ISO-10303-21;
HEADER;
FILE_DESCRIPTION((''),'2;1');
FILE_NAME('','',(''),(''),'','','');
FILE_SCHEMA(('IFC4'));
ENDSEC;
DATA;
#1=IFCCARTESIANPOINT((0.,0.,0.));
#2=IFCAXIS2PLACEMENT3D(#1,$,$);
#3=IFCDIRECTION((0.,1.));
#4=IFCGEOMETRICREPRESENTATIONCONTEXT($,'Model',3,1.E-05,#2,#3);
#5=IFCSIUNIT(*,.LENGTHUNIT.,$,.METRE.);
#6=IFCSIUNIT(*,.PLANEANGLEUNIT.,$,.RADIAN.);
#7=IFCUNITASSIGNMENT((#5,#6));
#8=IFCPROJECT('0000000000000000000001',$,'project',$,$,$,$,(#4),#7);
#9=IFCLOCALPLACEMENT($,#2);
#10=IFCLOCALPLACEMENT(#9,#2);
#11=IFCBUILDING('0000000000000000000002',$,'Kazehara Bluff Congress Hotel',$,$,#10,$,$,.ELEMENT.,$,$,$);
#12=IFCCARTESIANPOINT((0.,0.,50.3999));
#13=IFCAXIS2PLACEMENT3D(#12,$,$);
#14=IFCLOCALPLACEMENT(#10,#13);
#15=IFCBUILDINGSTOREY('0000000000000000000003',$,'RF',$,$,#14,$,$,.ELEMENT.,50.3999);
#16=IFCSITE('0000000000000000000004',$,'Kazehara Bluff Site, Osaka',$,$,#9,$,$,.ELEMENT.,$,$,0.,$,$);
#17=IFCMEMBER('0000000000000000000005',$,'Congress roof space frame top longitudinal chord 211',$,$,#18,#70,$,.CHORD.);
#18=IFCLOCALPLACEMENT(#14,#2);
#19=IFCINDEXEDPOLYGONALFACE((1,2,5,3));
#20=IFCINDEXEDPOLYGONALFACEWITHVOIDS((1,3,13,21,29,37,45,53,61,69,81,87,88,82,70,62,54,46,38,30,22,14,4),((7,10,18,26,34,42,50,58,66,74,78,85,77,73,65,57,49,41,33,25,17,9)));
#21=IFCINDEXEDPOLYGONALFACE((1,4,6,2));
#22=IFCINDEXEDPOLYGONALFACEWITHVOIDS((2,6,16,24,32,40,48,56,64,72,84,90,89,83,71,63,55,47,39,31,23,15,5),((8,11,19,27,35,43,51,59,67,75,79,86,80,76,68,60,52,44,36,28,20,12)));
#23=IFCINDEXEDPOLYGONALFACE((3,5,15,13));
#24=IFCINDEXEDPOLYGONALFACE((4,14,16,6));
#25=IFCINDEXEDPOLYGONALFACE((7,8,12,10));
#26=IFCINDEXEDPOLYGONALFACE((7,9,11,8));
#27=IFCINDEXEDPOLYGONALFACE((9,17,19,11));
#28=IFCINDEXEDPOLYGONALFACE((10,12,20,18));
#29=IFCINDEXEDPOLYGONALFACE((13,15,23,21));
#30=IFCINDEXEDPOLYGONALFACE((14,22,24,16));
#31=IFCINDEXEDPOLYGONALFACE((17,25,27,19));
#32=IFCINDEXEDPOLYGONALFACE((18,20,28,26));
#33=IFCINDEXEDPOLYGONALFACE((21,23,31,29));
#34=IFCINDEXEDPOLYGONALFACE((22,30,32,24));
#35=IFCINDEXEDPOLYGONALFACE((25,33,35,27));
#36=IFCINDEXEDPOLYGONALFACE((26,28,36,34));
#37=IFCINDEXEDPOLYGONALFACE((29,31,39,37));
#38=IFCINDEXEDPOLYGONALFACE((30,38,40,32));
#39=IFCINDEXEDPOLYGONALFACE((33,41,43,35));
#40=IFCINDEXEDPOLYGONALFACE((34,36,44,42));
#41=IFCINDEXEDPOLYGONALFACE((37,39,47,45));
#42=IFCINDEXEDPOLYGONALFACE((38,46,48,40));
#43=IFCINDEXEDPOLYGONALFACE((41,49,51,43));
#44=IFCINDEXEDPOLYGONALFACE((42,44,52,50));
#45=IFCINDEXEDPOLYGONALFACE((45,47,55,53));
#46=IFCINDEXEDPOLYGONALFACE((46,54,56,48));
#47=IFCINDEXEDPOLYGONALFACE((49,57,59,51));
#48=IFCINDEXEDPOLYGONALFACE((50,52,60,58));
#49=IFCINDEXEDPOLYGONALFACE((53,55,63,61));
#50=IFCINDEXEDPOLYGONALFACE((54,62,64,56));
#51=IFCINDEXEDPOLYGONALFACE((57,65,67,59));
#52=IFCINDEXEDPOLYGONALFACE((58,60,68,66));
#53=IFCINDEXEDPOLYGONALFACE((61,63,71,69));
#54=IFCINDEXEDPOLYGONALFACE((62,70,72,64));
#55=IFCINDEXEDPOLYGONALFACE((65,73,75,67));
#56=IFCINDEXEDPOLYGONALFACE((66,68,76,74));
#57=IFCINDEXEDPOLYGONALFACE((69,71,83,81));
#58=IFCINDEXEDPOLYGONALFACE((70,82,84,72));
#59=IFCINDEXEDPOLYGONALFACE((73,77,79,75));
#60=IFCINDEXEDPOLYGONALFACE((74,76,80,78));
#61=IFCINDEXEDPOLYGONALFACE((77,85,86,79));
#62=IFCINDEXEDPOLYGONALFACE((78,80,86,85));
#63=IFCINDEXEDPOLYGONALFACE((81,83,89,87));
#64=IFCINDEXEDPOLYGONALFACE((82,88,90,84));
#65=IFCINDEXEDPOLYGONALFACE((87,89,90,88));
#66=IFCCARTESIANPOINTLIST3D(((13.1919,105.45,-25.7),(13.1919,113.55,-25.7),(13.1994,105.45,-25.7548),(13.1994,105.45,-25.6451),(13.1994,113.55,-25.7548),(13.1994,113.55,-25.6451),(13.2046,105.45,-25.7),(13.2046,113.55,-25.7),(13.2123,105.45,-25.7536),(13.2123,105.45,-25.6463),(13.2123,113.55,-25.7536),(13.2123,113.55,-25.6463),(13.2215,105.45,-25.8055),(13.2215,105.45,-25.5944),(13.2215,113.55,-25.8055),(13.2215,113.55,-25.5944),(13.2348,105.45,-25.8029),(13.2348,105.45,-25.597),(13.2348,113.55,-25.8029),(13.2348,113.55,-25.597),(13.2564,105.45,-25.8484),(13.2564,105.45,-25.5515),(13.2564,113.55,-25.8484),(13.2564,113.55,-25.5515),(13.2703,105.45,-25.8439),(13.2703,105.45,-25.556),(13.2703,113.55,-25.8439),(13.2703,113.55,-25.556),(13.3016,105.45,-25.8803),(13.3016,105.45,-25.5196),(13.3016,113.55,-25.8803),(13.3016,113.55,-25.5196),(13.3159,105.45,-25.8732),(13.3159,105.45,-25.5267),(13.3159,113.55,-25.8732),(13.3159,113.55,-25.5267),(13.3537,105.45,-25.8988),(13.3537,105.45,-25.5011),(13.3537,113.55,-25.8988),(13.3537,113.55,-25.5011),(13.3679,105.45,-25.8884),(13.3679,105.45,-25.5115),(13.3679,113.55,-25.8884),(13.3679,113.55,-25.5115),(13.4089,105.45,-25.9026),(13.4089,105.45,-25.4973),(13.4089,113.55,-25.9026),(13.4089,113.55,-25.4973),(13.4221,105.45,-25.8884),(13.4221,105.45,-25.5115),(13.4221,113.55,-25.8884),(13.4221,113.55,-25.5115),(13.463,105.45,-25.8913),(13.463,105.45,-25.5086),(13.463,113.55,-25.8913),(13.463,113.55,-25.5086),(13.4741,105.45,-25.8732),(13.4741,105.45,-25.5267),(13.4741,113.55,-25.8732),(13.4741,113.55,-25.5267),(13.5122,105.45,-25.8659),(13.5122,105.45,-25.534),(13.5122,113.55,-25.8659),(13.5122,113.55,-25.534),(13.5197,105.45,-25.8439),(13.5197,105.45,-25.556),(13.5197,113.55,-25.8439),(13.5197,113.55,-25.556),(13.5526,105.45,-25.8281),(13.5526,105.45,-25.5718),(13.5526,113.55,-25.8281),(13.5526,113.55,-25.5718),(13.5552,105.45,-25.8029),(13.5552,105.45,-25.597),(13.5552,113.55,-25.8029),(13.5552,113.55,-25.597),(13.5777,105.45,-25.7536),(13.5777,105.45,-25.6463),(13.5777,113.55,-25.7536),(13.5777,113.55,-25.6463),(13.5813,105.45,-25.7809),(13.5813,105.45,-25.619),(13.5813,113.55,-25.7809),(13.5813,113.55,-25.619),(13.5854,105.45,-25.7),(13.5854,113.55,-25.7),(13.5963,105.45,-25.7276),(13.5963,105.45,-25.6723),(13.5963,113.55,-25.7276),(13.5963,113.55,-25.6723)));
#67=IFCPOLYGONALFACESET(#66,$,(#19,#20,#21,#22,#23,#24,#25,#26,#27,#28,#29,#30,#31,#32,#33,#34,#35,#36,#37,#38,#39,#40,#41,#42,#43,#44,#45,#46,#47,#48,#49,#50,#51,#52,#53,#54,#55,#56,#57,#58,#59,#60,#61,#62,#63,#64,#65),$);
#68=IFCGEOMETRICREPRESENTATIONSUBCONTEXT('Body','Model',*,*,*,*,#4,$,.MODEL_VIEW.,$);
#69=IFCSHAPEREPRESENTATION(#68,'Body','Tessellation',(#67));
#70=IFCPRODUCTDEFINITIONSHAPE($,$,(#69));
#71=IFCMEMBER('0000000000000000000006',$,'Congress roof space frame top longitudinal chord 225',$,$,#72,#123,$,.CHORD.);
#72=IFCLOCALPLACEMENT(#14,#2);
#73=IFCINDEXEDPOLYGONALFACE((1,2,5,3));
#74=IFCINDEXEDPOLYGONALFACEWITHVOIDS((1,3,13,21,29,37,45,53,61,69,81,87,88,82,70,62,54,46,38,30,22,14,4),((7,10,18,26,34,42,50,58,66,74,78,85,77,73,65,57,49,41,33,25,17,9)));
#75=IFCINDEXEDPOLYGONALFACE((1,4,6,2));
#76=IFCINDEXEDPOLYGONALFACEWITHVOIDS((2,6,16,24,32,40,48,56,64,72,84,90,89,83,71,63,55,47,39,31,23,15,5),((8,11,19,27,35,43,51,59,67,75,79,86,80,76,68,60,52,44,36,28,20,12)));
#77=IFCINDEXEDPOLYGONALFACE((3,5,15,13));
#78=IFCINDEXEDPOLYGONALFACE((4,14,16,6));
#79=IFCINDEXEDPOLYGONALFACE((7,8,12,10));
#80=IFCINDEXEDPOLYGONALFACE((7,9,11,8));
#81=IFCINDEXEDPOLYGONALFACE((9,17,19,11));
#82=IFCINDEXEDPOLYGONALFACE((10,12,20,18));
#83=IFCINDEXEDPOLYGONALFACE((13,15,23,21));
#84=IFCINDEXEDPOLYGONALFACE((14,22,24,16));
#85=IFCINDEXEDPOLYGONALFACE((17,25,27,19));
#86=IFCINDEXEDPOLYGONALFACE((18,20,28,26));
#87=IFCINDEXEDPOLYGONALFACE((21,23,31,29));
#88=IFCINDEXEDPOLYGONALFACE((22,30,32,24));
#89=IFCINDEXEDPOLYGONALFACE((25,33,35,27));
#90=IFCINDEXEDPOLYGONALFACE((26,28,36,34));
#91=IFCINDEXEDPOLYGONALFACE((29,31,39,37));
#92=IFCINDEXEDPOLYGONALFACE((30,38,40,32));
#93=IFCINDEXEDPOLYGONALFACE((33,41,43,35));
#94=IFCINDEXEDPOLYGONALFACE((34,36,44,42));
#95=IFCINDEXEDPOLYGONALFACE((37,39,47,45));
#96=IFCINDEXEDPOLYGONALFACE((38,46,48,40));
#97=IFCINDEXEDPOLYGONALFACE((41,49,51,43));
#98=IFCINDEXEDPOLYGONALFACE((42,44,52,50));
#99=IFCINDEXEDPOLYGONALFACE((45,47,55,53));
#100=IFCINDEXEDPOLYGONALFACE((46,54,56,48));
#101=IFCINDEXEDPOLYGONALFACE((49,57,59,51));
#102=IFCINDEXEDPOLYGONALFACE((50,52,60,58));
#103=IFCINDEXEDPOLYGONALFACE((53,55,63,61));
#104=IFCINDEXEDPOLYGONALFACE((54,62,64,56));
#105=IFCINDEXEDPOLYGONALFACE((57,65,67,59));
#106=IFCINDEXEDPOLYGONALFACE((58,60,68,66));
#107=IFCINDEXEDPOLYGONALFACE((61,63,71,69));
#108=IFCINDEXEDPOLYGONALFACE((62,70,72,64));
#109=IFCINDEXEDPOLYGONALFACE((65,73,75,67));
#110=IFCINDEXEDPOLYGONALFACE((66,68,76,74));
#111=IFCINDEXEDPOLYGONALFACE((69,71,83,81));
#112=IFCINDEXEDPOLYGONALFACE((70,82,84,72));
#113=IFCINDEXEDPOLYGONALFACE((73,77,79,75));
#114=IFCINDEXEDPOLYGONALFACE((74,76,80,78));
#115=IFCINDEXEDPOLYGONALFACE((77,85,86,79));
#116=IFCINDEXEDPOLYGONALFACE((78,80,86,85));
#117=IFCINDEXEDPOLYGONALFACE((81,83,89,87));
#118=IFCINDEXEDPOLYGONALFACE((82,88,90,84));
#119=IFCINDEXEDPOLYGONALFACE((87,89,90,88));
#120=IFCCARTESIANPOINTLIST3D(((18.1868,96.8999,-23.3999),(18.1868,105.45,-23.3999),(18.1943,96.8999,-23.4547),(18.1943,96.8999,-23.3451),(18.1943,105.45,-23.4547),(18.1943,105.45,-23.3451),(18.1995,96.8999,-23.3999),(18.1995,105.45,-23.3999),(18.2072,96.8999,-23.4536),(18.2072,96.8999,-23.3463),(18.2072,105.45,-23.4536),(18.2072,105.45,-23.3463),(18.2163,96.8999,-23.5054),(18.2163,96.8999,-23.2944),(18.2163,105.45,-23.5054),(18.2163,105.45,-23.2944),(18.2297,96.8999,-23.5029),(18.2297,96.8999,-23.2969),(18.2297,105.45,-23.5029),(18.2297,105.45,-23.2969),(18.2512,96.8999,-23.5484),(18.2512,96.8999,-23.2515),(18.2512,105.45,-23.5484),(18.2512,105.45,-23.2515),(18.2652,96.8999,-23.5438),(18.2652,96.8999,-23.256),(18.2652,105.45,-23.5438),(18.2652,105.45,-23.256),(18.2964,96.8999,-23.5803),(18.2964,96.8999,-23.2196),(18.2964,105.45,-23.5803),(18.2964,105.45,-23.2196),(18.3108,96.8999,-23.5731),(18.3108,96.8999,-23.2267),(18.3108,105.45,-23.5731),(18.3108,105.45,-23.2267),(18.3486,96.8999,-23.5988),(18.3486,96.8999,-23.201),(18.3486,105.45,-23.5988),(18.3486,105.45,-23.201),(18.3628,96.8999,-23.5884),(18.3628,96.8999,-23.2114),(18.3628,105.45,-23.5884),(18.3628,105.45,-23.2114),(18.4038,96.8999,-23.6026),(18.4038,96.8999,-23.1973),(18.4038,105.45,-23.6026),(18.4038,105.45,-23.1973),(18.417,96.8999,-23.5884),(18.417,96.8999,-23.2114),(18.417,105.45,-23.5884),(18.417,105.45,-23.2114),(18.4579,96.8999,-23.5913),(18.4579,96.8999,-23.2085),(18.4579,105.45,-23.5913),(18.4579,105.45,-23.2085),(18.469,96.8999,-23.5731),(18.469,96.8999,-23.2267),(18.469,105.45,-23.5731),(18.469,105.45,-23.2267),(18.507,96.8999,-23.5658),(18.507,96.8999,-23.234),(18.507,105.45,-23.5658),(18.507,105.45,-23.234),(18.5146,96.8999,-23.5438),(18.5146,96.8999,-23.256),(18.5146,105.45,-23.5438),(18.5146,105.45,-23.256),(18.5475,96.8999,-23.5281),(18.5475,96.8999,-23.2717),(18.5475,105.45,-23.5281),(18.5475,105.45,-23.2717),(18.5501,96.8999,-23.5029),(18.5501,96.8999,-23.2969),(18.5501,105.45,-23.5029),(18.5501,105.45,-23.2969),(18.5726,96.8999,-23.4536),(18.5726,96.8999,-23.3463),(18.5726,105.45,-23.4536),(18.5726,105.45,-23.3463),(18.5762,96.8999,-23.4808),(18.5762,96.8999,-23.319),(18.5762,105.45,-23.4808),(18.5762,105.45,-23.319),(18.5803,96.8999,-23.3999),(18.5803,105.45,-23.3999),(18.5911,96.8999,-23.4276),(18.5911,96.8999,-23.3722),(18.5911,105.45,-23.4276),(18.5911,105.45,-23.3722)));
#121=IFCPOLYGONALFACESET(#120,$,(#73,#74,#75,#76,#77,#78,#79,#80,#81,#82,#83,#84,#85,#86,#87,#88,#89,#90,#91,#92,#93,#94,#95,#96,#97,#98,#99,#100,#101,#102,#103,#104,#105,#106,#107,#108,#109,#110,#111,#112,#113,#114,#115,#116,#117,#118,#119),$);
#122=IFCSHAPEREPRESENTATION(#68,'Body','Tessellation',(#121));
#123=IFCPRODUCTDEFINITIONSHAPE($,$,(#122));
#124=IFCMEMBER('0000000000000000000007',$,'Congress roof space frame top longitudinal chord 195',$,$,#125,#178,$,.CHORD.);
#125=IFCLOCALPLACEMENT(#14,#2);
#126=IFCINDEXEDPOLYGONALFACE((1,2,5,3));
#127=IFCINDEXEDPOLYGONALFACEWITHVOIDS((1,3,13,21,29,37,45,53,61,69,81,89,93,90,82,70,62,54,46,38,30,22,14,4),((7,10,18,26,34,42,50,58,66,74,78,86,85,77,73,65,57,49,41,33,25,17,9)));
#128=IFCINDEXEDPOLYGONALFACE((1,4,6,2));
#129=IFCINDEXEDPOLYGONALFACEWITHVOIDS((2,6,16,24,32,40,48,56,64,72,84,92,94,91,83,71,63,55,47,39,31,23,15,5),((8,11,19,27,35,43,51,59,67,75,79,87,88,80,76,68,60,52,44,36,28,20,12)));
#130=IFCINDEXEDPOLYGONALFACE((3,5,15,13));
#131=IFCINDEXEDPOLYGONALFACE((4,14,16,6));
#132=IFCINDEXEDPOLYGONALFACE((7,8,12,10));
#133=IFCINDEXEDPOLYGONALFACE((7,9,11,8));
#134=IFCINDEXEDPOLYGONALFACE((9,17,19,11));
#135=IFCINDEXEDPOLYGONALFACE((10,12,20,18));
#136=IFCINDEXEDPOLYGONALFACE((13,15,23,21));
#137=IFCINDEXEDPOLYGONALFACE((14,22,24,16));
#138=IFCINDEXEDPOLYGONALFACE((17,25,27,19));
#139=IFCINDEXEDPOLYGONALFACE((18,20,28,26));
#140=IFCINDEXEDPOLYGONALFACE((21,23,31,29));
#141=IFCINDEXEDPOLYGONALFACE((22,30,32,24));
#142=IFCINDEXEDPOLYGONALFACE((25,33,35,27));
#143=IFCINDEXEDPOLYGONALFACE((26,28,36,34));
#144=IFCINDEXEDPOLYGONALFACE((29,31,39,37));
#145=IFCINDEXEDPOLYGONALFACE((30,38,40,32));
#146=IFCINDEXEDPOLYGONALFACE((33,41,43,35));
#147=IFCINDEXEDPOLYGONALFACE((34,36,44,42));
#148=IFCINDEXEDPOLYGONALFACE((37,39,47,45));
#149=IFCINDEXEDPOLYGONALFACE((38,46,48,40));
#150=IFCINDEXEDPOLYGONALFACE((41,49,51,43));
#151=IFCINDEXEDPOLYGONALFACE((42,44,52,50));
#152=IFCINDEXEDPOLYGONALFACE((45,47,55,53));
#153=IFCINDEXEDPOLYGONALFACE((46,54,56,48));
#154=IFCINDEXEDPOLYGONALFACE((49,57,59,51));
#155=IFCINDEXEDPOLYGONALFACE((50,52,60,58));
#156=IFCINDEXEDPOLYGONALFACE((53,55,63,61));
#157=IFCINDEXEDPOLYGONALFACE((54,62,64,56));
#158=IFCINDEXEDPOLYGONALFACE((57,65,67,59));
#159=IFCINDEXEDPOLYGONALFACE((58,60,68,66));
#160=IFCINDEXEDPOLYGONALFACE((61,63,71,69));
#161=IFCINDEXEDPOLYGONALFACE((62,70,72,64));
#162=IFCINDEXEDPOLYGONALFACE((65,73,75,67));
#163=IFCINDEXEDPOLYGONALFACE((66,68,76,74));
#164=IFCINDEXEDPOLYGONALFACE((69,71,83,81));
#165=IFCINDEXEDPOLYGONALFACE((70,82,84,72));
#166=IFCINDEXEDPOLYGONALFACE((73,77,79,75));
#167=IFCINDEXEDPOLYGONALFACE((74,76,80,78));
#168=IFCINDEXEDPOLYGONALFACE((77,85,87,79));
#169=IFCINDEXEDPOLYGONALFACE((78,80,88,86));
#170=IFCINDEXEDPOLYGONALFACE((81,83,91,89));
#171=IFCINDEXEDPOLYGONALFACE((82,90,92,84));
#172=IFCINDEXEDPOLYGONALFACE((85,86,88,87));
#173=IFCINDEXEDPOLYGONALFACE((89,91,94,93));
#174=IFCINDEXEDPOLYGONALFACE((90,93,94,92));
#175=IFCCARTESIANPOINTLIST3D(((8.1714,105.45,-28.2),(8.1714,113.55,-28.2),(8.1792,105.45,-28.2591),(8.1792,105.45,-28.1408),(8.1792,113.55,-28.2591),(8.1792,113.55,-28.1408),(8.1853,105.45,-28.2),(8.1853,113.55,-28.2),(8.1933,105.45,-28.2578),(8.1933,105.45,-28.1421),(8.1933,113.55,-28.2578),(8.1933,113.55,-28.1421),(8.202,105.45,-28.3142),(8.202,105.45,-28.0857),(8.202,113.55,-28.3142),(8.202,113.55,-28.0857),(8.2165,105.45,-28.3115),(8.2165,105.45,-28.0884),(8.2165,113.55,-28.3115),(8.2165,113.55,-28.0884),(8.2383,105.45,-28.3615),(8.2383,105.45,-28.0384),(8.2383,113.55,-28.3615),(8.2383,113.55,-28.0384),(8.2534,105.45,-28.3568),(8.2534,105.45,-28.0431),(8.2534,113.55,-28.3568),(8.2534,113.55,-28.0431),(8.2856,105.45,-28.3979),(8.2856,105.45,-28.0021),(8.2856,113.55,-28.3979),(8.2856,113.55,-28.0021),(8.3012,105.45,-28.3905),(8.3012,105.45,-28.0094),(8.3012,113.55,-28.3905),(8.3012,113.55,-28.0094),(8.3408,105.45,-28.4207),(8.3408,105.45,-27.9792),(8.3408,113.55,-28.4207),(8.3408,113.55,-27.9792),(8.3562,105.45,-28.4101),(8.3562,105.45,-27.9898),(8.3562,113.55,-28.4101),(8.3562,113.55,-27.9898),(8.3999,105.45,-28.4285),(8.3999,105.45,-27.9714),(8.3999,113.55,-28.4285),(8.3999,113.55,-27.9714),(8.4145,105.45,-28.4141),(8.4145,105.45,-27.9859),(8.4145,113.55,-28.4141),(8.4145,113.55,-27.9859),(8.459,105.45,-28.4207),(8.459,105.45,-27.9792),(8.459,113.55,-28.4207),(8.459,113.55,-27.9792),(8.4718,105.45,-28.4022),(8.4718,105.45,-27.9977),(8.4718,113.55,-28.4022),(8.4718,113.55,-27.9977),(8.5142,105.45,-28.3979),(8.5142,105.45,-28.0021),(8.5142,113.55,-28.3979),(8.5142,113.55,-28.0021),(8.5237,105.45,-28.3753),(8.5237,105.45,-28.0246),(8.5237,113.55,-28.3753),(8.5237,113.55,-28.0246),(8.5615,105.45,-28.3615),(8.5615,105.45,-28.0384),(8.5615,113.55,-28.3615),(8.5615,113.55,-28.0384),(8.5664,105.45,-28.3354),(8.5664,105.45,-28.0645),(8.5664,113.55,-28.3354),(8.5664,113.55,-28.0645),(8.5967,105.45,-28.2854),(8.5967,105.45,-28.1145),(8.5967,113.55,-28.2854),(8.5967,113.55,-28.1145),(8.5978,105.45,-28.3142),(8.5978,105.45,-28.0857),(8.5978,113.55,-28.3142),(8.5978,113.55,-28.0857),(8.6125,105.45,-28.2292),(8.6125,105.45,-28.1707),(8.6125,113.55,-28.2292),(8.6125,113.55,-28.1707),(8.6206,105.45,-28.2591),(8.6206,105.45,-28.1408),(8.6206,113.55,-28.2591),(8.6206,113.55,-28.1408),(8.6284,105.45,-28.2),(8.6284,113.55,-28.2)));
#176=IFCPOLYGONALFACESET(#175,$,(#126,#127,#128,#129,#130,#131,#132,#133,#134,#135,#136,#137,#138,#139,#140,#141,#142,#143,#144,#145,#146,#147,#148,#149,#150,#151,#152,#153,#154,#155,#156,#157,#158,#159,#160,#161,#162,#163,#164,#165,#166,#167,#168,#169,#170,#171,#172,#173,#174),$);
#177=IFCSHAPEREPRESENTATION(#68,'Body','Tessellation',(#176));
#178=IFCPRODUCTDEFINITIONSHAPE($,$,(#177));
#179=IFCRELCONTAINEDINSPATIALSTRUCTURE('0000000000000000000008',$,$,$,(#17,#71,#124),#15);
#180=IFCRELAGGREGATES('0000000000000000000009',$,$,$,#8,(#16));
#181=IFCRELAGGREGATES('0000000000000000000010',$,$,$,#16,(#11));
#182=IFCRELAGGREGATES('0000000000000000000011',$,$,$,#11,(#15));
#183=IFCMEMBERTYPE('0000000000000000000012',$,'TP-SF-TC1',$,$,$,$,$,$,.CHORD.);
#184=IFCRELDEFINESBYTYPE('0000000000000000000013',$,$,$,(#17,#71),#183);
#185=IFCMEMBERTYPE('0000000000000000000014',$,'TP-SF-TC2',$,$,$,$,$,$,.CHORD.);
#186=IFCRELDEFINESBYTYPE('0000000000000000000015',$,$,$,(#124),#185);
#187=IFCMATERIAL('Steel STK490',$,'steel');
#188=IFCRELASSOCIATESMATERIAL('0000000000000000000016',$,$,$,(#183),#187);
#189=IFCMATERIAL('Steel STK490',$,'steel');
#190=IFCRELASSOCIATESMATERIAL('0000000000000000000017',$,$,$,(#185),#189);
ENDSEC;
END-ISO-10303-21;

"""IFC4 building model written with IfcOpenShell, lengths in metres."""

from ifc_helpers import new_model, si_unit, direction, frame, origin, origin_2d, place, context, subcontext, project, spatial, hollow_circle, extrude, material, material_profile, profile_set, type_object, element, save


model = new_model("IFC4")

# Units and contexts
model_context = context("Model", 3, precision=1e-05, world=origin(), true_north=direction((0.0, 1.0)))
body_context = subcontext(model_context, "Body", "Model", "MODEL_VIEW")
ifc_project = project(units=[si_unit("LENGTHUNIT", "METRE"), si_unit("PLANEANGLEUNIT", "RADIAN")], contexts=[model_context])

# Site, building, storey
site_placement = place(None, origin())
site = spatial("IfcSite", under=ifc_project, at=site_placement, Name="Kazehara Bluff Site, Osaka", CompositionType="ELEMENT", RefElevation=0.0)
building_placement = place(site_placement, origin())
building = spatial("IfcBuilding", under=site, at=building_placement, Name="Kazehara Bluff Congress Hotel", CompositionType="ELEMENT")
storey_placement = place(building_placement, frame((0.0, 0.0, 50.3999)))
storey = spatial("IfcBuildingStorey", under=building, at=storey_placement, Name="RF", CompositionType="ELEMENT", Elevation=50.3999)

# Members
ifc_material_1 = material(Name="Steel STK490", Category="steel")
ifc_material_profile_1 = material_profile(ifc_material_1, hollow_circle(Radius=0.2031, WallThickness=0.0127, at=origin_2d()))
ifc_profile_set_1 = profile_set([ifc_material_profile_1], Name="Steel STK490")
member_type_1 = type_object("IfcMemberType", Name="TP-SF-TC1", PredefinedType="CHORD", material=ifc_profile_set_1)
member_1_placement = place(storey_placement, frame((13.395, 105.45, -25.7), z_axis=(0.0, 1.0, 0.0), x_axis=(-1.0, 0.0, 0.0)))
element("IfcMember", 1, at=member_1_placement, inside=storey, type_object=member_type_1, Name="Congress roof space frame top longitudinal chord 211", PredefinedType="CHORD", context=body_context, shape_type="SweptSolid", body=[
    extrude(hollow_circle(Radius=0.2031, WallThickness=0.0127, at=origin_2d()), origin(), (0.0, 0.0, 1.0), 8.1001),
])
member_2_placement = place(storey_placement, frame((18.3899, 96.8999, -23.3999), z_axis=(0.0, 1.0, 0.0), x_axis=(-1.0, 0.0, 0.0)))
element("IfcMember", 2, at=member_2_placement, inside=storey, type_object=member_type_1, Name="Congress roof space frame top longitudinal chord 225", PredefinedType="CHORD", context=body_context, shape_type="SweptSolid", body=[
    extrude(hollow_circle(Radius=0.2031, WallThickness=0.0127, at=origin_2d()), origin(), (0.0, 0.0, 1.0), 8.55),
])
ifc_material_2 = material(Name="Steel STK490", Category="steel")
ifc_material_profile_2 = material_profile(ifc_material_2, hollow_circle(Radius=0.2285, WallThickness=0.0139, at=origin_2d()))
ifc_profile_set_2 = profile_set([ifc_material_profile_2], Name="Steel STK490")
member_type_2 = type_object("IfcMemberType", Name="TP-SF-TC2", PredefinedType="CHORD", material=ifc_profile_set_2)
member_3_placement = place(storey_placement, frame((8.3999, 105.45, -28.2), z_axis=(0.0, 1.0, 0.0), x_axis=(-1.0, 0.0, 0.0)))
element("IfcMember", 3, at=member_3_placement, inside=storey, type_object=member_type_2, Name="Congress roof space frame top longitudinal chord 195", PredefinedType="CHORD", context=body_context, shape_type="SweptSolid", body=[
    extrude(hollow_circle(Radius=0.2285, WallThickness=0.0139, at=origin_2d()), origin(), (0.0, 0.0, 1.0), 8.1001),
])

save(model, "model.ifc")
